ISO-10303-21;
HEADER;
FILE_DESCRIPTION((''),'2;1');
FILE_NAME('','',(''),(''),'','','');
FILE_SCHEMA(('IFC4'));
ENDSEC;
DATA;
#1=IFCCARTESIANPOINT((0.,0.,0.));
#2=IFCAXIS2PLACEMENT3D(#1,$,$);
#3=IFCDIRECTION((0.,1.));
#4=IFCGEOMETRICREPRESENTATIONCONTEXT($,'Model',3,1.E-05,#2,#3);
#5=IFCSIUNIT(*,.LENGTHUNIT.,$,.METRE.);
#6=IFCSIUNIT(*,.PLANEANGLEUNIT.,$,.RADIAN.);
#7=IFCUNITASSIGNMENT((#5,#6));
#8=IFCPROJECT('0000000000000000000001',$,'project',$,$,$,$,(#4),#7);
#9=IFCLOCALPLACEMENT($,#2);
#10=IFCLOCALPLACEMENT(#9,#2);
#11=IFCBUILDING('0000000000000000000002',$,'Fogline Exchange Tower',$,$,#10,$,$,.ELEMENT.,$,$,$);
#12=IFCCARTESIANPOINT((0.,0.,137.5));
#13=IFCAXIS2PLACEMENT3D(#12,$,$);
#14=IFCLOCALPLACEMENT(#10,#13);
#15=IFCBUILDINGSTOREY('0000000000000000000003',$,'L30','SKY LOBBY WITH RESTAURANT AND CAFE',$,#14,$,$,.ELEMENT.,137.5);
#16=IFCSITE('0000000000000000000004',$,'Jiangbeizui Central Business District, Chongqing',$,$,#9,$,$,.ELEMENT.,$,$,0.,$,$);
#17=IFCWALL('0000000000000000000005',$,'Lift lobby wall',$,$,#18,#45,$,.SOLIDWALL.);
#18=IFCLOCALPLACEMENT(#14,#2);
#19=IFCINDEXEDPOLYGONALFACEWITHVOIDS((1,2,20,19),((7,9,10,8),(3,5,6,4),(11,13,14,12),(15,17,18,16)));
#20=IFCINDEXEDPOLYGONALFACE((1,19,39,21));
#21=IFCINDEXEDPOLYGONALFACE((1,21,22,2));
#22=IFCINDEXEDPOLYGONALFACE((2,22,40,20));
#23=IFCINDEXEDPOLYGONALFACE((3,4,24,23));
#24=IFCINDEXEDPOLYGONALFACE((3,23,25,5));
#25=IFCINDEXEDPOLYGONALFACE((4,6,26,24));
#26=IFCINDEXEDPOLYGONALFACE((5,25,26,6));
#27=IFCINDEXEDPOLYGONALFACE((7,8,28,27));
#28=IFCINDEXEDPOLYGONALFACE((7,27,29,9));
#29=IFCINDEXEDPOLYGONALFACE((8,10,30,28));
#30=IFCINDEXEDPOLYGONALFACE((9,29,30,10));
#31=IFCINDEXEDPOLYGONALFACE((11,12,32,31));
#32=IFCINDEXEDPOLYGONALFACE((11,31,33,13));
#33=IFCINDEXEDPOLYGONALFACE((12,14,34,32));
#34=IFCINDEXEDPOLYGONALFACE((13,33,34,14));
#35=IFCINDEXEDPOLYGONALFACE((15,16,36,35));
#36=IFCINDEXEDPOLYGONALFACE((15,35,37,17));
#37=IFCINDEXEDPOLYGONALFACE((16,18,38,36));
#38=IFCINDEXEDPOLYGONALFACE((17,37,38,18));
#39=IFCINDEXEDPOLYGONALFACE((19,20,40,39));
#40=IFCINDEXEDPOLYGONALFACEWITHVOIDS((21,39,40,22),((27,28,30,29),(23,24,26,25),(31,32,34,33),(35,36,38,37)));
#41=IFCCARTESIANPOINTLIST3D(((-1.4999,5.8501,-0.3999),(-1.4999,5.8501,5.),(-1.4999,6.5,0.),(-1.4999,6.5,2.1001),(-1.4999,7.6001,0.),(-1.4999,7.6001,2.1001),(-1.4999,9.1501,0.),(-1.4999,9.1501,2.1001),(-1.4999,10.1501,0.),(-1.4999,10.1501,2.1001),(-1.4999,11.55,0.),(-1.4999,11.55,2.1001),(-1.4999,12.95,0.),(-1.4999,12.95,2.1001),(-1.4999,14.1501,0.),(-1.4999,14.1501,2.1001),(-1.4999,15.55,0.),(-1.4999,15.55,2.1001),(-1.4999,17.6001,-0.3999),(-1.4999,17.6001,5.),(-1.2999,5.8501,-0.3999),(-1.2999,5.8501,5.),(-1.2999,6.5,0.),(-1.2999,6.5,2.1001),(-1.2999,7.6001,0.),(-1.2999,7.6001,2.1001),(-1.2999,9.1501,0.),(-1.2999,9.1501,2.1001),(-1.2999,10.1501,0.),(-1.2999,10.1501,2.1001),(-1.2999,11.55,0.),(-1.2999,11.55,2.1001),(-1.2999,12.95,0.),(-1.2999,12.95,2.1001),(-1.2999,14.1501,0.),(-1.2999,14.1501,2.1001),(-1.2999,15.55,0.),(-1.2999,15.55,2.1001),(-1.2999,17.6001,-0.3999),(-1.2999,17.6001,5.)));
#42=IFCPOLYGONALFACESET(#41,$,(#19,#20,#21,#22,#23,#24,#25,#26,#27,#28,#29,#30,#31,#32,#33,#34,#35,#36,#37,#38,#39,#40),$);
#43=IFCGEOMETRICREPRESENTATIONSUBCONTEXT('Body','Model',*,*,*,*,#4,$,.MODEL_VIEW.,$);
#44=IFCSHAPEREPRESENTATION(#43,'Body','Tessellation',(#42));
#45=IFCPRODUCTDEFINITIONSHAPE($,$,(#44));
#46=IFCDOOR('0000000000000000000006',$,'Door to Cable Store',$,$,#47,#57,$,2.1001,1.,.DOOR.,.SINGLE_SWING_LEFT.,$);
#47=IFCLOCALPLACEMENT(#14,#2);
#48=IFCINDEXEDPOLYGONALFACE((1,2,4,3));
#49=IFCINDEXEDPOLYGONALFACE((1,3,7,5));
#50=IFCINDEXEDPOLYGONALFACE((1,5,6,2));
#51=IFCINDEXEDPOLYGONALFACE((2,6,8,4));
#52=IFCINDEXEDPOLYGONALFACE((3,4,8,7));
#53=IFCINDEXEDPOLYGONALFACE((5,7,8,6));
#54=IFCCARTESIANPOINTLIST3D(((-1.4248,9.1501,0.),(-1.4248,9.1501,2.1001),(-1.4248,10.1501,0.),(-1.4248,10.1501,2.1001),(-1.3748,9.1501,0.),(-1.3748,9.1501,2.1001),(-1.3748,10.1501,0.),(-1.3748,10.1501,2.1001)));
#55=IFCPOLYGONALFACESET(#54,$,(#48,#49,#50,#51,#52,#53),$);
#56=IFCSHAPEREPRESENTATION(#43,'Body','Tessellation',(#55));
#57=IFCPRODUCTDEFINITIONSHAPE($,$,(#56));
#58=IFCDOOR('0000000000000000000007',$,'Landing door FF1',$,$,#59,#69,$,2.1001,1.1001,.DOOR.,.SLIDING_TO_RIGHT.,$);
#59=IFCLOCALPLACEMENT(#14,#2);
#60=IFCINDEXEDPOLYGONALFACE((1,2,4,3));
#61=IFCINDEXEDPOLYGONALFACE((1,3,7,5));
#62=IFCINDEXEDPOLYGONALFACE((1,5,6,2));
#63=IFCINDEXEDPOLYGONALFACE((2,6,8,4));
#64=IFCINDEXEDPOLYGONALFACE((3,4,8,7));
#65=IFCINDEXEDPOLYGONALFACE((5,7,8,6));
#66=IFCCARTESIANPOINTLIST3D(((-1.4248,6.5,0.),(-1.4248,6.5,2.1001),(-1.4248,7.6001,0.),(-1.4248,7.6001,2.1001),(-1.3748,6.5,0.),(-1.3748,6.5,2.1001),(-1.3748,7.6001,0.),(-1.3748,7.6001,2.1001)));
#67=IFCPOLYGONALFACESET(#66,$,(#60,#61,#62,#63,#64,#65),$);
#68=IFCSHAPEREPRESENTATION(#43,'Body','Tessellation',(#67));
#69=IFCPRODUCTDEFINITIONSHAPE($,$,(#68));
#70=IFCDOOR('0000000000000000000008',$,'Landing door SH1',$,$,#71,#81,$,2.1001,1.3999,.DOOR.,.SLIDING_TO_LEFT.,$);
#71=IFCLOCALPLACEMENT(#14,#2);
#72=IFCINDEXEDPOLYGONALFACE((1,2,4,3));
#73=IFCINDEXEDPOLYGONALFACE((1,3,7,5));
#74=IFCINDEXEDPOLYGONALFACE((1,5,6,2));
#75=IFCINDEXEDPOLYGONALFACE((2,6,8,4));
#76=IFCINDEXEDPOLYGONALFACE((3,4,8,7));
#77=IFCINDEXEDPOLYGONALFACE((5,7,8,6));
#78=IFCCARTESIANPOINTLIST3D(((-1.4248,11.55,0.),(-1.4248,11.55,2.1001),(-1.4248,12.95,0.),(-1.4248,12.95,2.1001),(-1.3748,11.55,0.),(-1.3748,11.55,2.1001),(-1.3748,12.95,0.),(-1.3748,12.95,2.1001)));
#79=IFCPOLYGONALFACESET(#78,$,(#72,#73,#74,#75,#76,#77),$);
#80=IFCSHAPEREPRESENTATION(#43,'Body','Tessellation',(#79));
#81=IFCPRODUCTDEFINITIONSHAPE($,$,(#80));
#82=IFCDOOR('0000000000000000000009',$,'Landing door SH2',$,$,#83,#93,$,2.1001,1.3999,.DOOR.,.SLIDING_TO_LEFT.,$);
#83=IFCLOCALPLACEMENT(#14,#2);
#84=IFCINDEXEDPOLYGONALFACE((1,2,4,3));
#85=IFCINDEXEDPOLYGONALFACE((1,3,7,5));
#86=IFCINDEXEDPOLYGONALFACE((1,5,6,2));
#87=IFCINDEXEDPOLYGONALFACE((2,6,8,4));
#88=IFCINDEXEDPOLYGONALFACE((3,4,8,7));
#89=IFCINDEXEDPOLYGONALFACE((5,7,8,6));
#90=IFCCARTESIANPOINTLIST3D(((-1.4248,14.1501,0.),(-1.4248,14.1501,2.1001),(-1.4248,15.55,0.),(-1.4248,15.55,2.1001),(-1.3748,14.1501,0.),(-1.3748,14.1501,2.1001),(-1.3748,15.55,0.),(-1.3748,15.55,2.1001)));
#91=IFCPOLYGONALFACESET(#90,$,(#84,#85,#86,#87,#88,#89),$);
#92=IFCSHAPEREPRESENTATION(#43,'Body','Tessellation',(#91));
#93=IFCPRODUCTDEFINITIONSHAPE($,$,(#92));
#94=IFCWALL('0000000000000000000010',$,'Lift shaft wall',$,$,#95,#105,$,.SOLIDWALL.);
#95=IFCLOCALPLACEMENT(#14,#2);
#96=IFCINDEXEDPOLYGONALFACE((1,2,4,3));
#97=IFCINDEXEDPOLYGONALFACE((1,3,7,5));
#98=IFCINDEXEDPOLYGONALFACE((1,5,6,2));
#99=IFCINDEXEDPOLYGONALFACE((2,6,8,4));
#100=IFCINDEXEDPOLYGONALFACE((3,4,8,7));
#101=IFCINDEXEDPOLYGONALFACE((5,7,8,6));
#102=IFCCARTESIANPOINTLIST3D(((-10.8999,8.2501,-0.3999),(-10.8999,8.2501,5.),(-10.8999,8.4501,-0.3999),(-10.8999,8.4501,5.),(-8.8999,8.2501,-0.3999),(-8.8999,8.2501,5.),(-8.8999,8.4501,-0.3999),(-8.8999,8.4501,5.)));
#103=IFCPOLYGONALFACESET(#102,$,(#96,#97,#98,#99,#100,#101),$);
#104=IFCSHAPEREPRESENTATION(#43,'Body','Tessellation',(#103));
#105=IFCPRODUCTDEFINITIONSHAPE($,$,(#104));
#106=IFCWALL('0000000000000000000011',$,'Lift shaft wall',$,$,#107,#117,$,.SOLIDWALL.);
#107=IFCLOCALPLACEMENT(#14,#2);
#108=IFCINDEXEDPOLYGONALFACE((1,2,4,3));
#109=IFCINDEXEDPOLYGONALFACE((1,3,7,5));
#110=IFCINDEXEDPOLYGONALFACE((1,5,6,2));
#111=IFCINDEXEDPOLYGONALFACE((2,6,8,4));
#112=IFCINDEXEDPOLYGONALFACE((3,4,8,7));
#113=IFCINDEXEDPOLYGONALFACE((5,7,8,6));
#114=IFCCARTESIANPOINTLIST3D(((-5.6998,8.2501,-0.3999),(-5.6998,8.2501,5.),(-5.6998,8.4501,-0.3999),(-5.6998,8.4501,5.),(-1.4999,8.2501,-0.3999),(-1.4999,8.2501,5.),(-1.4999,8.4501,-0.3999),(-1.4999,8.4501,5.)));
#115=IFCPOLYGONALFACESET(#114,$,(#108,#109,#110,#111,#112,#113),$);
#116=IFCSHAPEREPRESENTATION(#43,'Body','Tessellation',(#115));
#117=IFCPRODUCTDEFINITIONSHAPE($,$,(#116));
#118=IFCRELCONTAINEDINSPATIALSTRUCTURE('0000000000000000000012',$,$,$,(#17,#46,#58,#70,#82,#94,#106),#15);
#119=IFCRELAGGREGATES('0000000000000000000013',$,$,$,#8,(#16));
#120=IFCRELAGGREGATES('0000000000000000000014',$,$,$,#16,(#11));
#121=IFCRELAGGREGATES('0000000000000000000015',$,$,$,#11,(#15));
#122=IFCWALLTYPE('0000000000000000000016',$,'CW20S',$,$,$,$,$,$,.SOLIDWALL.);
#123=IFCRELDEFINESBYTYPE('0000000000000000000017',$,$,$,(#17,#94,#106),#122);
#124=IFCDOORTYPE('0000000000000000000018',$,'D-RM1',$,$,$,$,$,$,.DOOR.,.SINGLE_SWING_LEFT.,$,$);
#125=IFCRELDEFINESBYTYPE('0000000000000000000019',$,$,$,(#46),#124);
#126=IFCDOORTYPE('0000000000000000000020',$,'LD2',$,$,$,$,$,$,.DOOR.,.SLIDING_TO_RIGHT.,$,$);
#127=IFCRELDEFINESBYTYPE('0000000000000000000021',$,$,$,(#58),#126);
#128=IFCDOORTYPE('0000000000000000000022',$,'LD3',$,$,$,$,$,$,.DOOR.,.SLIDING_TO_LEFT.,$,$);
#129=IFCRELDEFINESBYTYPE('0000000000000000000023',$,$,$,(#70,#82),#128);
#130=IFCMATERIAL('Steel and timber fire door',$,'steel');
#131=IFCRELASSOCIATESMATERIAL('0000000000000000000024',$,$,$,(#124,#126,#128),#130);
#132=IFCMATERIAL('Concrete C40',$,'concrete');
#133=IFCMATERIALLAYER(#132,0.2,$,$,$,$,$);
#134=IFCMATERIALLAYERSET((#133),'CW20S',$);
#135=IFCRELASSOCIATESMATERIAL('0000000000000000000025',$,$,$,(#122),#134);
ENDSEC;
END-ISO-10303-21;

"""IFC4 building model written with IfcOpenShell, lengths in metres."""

from ifc_helpers import new_model, si_unit, direction, frame, frame_2d, origin, place, context, subcontext, project, spatial, rectangle, extrude, material, layer, layer_set, type_object, element, fill, save


model = new_model("IFC4")

# Units and contexts
model_context = context("Model", 3, precision=1e-05, world=origin(), true_north=direction((0.0, 1.0)))
body_context = subcontext(model_context, "Body", "Model", "MODEL_VIEW")
ifc_project = project(units=[si_unit("LENGTHUNIT", "METRE"), si_unit("PLANEANGLEUNIT", "RADIAN")], contexts=[model_context])

# Site, building, storey
site_placement = place(None, origin())
site = spatial("IfcSite", under=ifc_project, at=site_placement, Name="Jiangbeizui Central Business District, Chongqing", CompositionType="ELEMENT", RefElevation=0.0)
building_placement = place(site_placement, origin())
building = spatial("IfcBuilding", under=site, at=building_placement, Name="Fogline Exchange Tower", CompositionType="ELEMENT")
storey_placement = place(building_placement, frame((0.0, 0.0, 137.5)))
storey = spatial("IfcBuildingStorey", under=building, at=storey_placement, Name="L30", Description="SKY LOBBY WITH RESTAURANT AND CAFE", CompositionType="ELEMENT", Elevation=137.5)

# Shared definitions
ifc_material_1 = material(Name="Steel and timber fire door", Category="steel")

# Shared definitions
ifc_material_2 = material(Name="Concrete C40", Category="concrete")

# Shared definitions
door_type_1 = type_object("IfcDoorType", Name="D-RM1", OperationType="SINGLE_SWING_LEFT", PredefinedType="DOOR", material=ifc_material_1)

# Shared definitions
ifc_layer_1 = layer(ifc_material_2, 0.2)
ifc_layer_set_1 = layer_set([ifc_layer_1], Name="CW20S")
wall_type_1 = type_object("IfcWallType", Name="CW20S", PredefinedType="SOLIDWALL", material=ifc_layer_set_1)

# Wall, openings, doors
wall_1_placement = place(storey_placement, frame((-1.3999, 5.8501, -0.3999), z_axis=(0.0, 0.0, 1.0), x_axis=(0.0, 1.0, 0.0)))
wall_1 = element("IfcWall", 1, at=wall_1_placement, inside=storey, type_object=wall_type_1, Name="Lift lobby wall", PredefinedType="SOLIDWALL", context=body_context, shape_type="SweptSolid", body=[
    extrude(rectangle(XDim=11.75, YDim=0.2, at=frame_2d((5.875, 0.0))), origin(), (0.0, 0.0, 1.0), 5.3999),
])
opening_1_placement = place(wall_1_placement, frame((5.7, 0.0, 0.3999)))
opening_1 = element("IfcOpeningElement", 2, at=opening_1_placement, cuts=wall_1, PredefinedType="OPENING", context=body_context, shape_type="SweptSolid", body=[
    extrude(rectangle(XDim=1.3999, YDim=2.1001, at=frame_2d((0.7, 1.05))), frame((0.0, 0.1099, 0.0), z_axis=(0.0, -1.0, 0.0), x_axis=(1.0, 0.0, 0.0)), (0.0, 0.0, 1.0), 0.22),
])
opening_2_placement = place(wall_1_placement, frame((8.3, 0.0, 0.3999)))
opening_2 = element("IfcOpeningElement", 3, at=opening_2_placement, cuts=wall_1, PredefinedType="OPENING", context=body_context, shape_type="SweptSolid", body=[
    extrude(rectangle(XDim=1.3999, YDim=2.1001, at=frame_2d((0.7, 1.05))), frame((0.0, 0.1099, 0.0), z_axis=(0.0, -1.0, 0.0), x_axis=(1.0, 0.0, 0.0)), (0.0, 0.0, 1.0), 0.22),
])
opening_3_placement = place(wall_1_placement, frame((0.6499, 0.0, 0.3999)))
opening_3 = element("IfcOpeningElement", 4, at=opening_3_placement, cuts=wall_1, PredefinedType="OPENING", context=body_context, shape_type="SweptSolid", body=[
    extrude(rectangle(XDim=1.1001, YDim=2.1001, at=frame_2d((0.55, 1.05))), frame((0.0, 0.1099, 0.0), z_axis=(0.0, -1.0, 0.0), x_axis=(1.0, 0.0, 0.0)), (0.0, 0.0, 1.0), 0.22),
])
opening_4_placement = place(wall_1_placement, frame((3.3, 0.0, 0.3999)))
opening_4 = element("IfcOpeningElement", 5, at=opening_4_placement, cuts=wall_1, PredefinedType="OPENING", context=body_context, shape_type="SweptSolid", body=[
    extrude(rectangle(XDim=1.0, YDim=2.1001, at=frame_2d((0.5, 1.05))), frame((0.0, 0.1099, 0.0), z_axis=(0.0, -1.0, 0.0), x_axis=(1.0, 0.0, 0.0)), (0.0, 0.0, 1.0), 0.22),
])
door_1_placement = place(opening_4_placement, origin())
door_1 = element("IfcDoor", 6, at=door_1_placement, inside=storey, type_object=door_type_1, Name="Door to Cable Store", OperationType="SINGLE_SWING_LEFT", OverallHeight=2.1001, OverallWidth=1.0, PredefinedType="DOOR", context=body_context, shape_type="SweptSolid", body=[
    extrude(rectangle(XDim=1.0, YDim=2.1001, at=frame_2d((0.5, 1.05))), frame((0.0, 0.0249, 0.0), z_axis=(0.0, -1.0, 0.0), x_axis=(1.0, 0.0, 0.0)), (0.0, 0.0, 1.0), 0.05),
])
fill(opening_4, door_1)
door_type_2 = type_object("IfcDoorType", Name="LD2", OperationType="SLIDING_TO_RIGHT", PredefinedType="DOOR", material=ifc_material_1)
door_2_placement = place(opening_3_placement, origin())
door_2 = element("IfcDoor", 7, at=door_2_placement, inside=storey, type_object=door_type_2, Name="Landing door FF1", OperationType="SLIDING_TO_RIGHT", OverallHeight=2.1001, OverallWidth=1.1001, PredefinedType="DOOR", context=body_context, shape_type="SweptSolid", body=[
    extrude(rectangle(XDim=1.1001, YDim=2.1001, at=frame_2d((0.55, 1.05))), frame((0.0, 0.0249, 0.0), z_axis=(0.0, -1.0, 0.0), x_axis=(1.0, 0.0, 0.0)), (0.0, 0.0, 1.0), 0.05),
])
fill(opening_3, door_2)
door_type_3 = type_object("IfcDoorType", Name="LD3", OperationType="SLIDING_TO_LEFT", PredefinedType="DOOR", material=ifc_material_1)
door_3_placement = place(opening_1_placement, origin())
door_3 = element("IfcDoor", 8, at=door_3_placement, inside=storey, type_object=door_type_3, Name="Landing door SH1", OperationType="SLIDING_TO_LEFT", OverallHeight=2.1001, OverallWidth=1.3999, PredefinedType="DOOR", context=body_context, shape_type="SweptSolid", body=[
    extrude(rectangle(XDim=1.3999, YDim=2.1001, at=frame_2d((0.7, 1.05))), frame((0.0, 0.0249, 0.0), z_axis=(0.0, -1.0, 0.0), x_axis=(1.0, 0.0, 0.0)), (0.0, 0.0, 1.0), 0.05),
])
fill(opening_1, door_3)
door_4_placement = place(opening_2_placement, origin())
door_4 = element("IfcDoor", 9, at=door_4_placement, inside=storey, type_object=door_type_3, Name="Landing door SH2", OperationType="SLIDING_TO_LEFT", OverallHeight=2.1001, OverallWidth=1.3999, PredefinedType="DOOR", context=body_context, shape_type="SweptSolid", body=[
    extrude(rectangle(XDim=1.3999, YDim=2.1001, at=frame_2d((0.7, 1.05))), frame((0.0, 0.0249, 0.0), z_axis=(0.0, -1.0, 0.0), x_axis=(1.0, 0.0, 0.0)), (0.0, 0.0, 1.0), 0.05),
])
fill(opening_2, door_4)

# Walls
wall_2_placement = place(storey_placement, frame((-10.8999, 8.3501, -0.3999), z_axis=(0.0, 0.0, 1.0), x_axis=(1.0, 0.0, 0.0)))
element("IfcWall", 10, at=wall_2_placement, inside=storey, type_object=wall_type_1, Name="Lift shaft wall", PredefinedType="SOLIDWALL", context=body_context, shape_type="SweptSolid", body=[
    extrude(rectangle(XDim=2.0, YDim=0.2, at=frame_2d((1.0, 0.0))), origin(), (0.0, 0.0, 1.0), 5.3999),
])
wall_3_placement = place(storey_placement, frame((-5.7, 8.3501, -0.3999), z_axis=(0.0, 0.0, 1.0), x_axis=(1.0, 0.0, 0.0)))
element("IfcWall", 11, at=wall_3_placement, inside=storey, type_object=wall_type_1, Name="Lift shaft wall", PredefinedType="SOLIDWALL", context=body_context, shape_type="SweptSolid", body=[
    extrude(rectangle(XDim=4.2, YDim=0.2, at=frame_2d((2.1001, 0.0))), origin(), (0.0, 0.0, 1.0), 5.3999),
])

save(model, "model.ifc")
